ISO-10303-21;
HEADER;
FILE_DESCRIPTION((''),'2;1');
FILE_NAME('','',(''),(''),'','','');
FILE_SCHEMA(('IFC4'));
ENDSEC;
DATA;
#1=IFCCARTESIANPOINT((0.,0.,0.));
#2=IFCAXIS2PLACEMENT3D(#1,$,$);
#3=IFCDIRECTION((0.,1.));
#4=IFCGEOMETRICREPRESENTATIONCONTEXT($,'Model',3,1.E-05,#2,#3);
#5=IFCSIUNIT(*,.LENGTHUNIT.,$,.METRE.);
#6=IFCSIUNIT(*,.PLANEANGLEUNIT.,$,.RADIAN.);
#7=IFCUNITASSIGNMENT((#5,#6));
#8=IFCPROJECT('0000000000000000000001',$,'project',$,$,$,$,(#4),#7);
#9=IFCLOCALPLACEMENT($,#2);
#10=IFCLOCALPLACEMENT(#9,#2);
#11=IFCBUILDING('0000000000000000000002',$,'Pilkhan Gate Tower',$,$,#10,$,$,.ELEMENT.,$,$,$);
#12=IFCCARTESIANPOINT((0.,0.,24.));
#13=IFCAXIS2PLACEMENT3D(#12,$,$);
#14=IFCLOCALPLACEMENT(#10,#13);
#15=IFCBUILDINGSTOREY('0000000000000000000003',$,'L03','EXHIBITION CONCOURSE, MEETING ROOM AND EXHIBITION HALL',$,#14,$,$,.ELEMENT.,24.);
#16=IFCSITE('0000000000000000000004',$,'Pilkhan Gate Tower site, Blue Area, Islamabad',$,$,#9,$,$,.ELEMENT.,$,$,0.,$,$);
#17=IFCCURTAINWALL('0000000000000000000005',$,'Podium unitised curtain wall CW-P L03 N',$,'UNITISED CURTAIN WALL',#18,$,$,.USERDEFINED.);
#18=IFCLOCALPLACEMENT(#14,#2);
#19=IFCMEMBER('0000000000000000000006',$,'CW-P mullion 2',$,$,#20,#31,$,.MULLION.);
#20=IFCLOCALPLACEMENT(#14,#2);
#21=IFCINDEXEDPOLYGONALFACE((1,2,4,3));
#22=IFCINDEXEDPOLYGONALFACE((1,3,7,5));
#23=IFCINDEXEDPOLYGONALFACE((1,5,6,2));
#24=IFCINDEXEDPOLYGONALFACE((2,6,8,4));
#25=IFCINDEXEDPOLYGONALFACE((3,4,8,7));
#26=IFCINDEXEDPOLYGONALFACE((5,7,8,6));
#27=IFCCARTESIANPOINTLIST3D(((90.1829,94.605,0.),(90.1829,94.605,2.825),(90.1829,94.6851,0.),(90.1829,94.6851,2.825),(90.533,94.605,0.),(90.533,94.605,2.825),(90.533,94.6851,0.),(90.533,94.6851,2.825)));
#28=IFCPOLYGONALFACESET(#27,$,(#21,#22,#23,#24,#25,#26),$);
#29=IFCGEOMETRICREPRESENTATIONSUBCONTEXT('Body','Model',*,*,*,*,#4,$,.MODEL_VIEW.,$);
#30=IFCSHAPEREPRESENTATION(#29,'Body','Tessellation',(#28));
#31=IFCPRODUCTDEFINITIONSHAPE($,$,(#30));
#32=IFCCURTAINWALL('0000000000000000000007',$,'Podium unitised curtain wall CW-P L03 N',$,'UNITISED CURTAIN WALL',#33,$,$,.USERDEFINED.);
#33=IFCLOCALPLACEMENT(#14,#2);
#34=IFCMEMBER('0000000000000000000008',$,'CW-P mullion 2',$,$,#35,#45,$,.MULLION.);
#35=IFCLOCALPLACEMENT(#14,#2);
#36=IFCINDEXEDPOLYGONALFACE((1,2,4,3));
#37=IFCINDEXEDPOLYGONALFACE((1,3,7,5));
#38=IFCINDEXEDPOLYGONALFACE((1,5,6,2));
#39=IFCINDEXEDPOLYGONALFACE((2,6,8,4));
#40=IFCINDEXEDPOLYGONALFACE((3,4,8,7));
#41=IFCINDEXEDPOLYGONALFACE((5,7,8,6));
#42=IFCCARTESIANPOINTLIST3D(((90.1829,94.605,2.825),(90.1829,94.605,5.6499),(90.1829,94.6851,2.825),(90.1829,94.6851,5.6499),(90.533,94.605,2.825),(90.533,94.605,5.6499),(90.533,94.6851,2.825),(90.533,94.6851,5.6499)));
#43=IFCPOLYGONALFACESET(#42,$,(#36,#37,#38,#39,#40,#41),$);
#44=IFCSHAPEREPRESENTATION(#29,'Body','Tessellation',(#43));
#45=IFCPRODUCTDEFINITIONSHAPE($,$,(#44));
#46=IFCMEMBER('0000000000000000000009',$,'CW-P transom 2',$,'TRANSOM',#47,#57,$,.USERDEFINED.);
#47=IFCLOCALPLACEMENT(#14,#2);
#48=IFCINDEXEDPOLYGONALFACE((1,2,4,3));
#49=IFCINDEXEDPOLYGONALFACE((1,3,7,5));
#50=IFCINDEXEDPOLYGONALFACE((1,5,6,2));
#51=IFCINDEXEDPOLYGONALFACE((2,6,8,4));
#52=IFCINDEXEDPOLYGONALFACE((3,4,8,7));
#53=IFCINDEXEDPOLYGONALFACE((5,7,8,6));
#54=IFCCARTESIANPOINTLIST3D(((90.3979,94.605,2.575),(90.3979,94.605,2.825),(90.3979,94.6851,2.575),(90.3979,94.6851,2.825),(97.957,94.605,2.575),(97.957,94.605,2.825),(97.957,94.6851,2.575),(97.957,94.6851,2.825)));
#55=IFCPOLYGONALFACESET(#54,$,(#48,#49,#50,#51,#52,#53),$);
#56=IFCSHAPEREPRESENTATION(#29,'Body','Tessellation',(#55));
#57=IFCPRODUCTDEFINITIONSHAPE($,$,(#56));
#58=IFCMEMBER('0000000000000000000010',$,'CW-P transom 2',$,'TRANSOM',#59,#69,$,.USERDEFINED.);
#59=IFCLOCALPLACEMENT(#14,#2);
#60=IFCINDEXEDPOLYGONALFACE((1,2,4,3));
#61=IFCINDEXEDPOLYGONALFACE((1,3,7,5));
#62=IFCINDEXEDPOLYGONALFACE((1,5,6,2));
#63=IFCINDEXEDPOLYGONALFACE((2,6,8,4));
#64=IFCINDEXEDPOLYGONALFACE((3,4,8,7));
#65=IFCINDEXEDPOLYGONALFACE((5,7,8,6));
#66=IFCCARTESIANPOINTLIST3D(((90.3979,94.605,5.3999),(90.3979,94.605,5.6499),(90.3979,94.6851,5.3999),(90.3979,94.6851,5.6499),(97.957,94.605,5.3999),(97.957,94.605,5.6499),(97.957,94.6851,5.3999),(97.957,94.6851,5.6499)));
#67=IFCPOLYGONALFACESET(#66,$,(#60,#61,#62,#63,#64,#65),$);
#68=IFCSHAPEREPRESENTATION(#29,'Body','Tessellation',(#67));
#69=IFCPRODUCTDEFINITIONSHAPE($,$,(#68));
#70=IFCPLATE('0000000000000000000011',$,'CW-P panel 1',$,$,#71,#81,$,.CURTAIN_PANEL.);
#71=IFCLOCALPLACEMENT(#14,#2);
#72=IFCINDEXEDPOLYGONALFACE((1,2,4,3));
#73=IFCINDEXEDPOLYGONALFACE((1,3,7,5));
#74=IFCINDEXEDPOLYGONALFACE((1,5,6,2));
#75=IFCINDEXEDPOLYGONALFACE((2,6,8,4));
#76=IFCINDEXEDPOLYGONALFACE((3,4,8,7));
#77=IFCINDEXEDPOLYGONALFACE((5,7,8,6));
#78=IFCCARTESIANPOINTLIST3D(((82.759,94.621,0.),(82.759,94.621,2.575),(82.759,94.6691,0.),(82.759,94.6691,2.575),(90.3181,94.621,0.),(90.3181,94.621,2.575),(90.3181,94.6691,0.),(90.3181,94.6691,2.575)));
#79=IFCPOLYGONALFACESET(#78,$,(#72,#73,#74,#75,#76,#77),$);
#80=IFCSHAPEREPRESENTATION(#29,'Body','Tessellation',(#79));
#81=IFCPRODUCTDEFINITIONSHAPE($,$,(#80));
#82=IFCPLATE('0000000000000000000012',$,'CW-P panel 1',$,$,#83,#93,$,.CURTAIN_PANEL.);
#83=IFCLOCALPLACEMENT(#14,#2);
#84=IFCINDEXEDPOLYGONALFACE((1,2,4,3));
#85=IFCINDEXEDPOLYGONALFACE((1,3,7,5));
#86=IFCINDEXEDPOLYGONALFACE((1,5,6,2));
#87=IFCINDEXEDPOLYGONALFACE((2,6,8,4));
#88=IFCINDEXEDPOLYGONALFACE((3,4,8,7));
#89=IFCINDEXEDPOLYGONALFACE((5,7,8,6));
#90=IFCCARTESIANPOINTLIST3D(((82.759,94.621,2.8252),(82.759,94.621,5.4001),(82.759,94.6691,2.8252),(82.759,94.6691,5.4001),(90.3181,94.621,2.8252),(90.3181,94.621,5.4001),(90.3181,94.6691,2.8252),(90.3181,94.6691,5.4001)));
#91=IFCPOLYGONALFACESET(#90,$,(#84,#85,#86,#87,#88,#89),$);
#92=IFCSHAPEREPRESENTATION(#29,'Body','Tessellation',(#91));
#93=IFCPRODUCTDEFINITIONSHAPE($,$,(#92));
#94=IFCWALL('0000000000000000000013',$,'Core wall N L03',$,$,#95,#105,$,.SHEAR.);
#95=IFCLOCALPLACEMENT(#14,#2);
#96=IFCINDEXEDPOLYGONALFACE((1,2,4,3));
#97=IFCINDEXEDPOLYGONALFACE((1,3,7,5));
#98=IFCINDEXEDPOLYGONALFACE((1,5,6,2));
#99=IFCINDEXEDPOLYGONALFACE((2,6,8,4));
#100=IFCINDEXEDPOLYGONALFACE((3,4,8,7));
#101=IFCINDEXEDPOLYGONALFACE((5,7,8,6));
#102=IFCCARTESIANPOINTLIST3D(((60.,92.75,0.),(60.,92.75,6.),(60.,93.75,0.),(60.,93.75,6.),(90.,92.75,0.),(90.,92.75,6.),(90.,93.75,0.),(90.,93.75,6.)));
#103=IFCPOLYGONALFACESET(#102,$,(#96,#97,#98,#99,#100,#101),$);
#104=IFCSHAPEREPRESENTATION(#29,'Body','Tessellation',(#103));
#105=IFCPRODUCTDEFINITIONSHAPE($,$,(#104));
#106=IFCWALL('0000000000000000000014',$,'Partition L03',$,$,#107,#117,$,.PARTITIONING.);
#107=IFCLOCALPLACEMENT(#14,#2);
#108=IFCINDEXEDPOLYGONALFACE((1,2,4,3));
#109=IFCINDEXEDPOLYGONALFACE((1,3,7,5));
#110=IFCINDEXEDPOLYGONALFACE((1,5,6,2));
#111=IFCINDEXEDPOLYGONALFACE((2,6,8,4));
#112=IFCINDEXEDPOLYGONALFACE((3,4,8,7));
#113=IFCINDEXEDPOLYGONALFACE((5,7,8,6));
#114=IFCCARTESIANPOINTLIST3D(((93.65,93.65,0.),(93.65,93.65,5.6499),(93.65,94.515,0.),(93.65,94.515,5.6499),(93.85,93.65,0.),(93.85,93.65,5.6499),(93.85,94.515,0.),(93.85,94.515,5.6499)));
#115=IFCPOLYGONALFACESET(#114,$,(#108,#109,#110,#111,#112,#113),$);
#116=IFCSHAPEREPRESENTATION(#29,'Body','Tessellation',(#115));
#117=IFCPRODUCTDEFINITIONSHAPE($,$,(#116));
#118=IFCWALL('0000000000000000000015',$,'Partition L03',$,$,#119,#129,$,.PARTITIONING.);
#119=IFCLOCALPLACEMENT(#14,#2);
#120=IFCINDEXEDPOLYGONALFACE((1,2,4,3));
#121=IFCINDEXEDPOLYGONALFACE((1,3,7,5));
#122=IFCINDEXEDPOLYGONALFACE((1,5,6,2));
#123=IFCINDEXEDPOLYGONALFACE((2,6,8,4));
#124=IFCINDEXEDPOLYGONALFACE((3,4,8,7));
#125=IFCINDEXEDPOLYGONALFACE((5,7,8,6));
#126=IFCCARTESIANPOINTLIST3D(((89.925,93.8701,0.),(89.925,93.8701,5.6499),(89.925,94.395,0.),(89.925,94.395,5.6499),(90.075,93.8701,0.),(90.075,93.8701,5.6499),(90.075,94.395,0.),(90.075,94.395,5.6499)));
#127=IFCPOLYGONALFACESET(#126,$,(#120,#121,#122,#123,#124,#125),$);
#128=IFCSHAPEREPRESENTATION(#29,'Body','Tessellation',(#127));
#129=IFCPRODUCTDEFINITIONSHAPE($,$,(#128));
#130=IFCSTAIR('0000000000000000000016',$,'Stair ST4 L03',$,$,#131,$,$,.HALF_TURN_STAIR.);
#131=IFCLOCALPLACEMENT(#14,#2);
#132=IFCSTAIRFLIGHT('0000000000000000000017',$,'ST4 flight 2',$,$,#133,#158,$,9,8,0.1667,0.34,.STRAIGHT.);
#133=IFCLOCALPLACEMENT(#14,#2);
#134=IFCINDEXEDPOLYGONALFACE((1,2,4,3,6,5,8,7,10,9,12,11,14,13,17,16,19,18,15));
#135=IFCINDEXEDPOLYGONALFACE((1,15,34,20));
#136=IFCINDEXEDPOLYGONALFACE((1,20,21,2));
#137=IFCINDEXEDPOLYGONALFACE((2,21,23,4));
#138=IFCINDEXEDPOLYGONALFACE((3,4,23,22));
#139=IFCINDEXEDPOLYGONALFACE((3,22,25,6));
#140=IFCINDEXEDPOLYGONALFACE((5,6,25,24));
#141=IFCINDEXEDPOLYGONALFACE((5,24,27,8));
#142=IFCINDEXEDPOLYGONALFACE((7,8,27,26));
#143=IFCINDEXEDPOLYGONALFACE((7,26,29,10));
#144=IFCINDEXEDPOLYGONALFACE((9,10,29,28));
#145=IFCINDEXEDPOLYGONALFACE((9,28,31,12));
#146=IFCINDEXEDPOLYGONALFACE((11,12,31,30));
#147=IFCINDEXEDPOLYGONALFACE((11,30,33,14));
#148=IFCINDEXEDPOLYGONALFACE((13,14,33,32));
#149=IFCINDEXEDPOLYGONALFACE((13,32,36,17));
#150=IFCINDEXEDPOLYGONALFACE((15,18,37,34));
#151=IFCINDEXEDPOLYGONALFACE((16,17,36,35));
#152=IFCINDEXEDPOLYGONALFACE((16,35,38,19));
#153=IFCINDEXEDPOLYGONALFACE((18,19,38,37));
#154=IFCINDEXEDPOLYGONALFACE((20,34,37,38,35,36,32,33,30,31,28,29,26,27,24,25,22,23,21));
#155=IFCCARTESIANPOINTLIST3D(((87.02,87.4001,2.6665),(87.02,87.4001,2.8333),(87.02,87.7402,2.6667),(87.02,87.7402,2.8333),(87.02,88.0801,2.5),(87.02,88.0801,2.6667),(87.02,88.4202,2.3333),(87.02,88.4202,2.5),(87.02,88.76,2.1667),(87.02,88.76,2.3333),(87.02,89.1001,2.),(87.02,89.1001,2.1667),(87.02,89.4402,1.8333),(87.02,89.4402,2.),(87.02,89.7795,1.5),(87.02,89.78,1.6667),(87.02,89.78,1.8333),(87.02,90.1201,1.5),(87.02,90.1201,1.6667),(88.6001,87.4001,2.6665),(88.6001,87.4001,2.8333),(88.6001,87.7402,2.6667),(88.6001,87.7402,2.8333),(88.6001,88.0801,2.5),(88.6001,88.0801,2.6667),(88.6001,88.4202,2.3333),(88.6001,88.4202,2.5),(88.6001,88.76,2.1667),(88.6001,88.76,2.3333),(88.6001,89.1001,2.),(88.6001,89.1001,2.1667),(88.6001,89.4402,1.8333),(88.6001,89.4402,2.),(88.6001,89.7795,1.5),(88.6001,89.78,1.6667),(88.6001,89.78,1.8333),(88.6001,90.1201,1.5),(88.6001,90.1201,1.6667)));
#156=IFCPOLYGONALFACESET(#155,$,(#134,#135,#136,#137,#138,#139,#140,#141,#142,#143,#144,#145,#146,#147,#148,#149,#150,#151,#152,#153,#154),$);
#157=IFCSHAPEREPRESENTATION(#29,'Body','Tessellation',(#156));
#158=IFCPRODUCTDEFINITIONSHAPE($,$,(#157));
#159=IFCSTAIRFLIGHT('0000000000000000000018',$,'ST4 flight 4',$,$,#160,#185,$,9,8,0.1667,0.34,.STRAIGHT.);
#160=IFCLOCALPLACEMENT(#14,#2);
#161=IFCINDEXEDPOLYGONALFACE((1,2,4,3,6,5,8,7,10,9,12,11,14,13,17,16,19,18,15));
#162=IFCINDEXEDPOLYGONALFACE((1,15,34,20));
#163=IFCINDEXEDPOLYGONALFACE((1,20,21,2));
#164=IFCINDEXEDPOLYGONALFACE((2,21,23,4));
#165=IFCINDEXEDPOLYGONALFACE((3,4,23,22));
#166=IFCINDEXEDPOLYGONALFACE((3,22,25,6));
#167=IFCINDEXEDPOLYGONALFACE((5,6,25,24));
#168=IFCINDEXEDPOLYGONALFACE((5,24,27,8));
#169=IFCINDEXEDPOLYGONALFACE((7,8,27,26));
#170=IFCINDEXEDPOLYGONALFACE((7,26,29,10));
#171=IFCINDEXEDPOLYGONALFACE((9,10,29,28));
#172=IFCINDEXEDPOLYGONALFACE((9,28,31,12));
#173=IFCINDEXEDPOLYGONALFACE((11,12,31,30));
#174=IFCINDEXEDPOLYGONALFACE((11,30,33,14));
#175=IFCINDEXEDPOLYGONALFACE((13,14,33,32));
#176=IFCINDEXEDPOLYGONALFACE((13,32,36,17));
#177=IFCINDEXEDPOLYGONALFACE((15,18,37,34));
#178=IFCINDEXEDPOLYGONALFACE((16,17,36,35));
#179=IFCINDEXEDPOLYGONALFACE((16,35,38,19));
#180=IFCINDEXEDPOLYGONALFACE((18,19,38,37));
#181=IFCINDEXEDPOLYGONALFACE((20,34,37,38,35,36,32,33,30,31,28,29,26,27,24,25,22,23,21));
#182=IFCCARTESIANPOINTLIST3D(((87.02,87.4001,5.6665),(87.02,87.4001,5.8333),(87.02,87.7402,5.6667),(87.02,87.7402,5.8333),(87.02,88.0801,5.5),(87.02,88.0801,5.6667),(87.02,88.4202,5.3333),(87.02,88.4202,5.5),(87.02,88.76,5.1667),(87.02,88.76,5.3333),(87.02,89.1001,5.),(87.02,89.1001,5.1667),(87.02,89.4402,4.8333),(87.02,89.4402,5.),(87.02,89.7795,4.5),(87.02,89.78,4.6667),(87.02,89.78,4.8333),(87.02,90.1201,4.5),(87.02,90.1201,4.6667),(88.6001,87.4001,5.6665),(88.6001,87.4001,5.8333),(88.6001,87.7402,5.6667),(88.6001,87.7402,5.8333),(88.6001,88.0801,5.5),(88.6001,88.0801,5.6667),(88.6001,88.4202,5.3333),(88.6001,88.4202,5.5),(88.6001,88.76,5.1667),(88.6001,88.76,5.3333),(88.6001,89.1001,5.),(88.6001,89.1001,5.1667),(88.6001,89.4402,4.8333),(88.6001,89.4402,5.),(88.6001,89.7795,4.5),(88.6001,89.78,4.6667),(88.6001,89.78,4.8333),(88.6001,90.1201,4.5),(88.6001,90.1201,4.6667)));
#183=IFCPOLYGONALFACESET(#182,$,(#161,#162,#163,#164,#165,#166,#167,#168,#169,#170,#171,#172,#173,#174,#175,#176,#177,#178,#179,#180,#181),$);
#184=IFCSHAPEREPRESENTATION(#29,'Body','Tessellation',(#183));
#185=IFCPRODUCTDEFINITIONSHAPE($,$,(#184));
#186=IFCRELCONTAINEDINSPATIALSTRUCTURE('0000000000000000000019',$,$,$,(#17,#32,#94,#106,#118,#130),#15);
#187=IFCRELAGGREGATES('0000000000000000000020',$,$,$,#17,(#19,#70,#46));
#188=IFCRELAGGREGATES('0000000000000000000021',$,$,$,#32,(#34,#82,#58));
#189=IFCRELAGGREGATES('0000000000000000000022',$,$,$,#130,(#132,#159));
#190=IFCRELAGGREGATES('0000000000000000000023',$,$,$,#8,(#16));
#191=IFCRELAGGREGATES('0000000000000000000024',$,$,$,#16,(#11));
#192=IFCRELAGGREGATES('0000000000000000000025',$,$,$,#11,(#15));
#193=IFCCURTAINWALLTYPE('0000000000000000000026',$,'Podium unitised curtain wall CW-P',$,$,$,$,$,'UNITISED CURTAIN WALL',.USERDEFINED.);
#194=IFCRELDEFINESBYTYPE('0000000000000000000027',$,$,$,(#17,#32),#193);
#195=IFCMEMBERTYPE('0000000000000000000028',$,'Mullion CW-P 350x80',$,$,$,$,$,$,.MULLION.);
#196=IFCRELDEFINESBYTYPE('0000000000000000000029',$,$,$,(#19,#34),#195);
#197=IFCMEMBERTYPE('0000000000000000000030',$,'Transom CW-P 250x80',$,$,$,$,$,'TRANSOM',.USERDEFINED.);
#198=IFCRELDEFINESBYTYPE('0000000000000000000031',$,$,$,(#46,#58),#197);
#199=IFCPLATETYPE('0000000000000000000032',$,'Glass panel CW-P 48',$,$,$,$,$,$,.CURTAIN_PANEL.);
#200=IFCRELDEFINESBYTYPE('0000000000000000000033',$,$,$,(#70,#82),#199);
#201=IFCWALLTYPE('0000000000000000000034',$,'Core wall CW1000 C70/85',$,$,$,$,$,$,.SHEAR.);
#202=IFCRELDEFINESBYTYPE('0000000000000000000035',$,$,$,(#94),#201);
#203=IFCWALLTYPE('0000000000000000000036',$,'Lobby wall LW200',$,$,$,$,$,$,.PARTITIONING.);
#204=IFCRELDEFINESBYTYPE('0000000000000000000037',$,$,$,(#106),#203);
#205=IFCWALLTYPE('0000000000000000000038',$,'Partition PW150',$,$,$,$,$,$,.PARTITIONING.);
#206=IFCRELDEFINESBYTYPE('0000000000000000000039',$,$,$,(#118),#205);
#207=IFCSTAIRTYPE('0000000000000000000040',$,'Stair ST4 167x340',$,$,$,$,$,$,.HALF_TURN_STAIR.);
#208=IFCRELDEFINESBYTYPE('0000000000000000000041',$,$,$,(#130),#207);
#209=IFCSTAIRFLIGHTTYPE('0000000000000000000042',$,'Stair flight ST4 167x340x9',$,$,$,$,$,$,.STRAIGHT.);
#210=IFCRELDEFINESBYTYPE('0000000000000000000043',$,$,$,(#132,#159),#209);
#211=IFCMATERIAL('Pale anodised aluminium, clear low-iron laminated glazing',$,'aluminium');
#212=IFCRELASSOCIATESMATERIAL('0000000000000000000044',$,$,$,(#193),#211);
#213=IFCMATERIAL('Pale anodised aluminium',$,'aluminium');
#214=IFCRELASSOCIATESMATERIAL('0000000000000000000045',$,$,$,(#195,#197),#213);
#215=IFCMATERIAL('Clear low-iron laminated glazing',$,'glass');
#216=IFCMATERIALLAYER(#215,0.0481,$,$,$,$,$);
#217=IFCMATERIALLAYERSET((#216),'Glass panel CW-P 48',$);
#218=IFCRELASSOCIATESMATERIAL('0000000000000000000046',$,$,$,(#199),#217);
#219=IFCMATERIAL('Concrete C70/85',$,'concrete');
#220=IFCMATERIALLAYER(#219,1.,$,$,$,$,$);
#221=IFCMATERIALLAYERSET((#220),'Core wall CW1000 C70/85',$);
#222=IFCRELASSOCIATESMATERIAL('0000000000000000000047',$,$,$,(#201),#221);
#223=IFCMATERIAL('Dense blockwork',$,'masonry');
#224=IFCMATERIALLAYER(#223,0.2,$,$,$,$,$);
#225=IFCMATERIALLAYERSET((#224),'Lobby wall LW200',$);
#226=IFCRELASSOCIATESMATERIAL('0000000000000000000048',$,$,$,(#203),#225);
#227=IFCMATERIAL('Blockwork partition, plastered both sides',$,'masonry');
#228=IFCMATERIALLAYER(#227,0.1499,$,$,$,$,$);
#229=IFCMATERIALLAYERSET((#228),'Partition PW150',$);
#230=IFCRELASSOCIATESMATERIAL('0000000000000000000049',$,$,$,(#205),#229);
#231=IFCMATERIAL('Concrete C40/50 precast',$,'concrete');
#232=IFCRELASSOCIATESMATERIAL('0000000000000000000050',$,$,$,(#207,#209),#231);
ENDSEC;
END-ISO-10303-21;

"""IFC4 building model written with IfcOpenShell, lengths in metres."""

from ifc_helpers import new_model, si_unit, direction, frame, frame_2d, origin, origin_2d, place, context, subcontext, project, spatial, polyline, rectangle, outline, extrude, material, layer, layer_set, material_profile, profile_set, type_object, element, aggregate, save


model = new_model("IFC4")

# Units and contexts
model_context = context("Model", 3, precision=1e-05, world=origin(), true_north=direction((0.0, 1.0)))
body_context = subcontext(model_context, "Body", "Model", "MODEL_VIEW")
ifc_project = project(units=[si_unit("LENGTHUNIT", "METRE"), si_unit("PLANEANGLEUNIT", "RADIAN")], contexts=[model_context])

# Site, building, storey
site_placement = place(None, origin())
site = spatial("IfcSite", under=ifc_project, at=site_placement, Name="Pilkhan Gate Tower site, Blue Area, Islamabad", CompositionType="ELEMENT", RefElevation=0.0)
building_placement = place(site_placement, origin())
building = spatial("IfcBuilding", under=site, at=building_placement, Name="Pilkhan Gate Tower", CompositionType="ELEMENT")
storey_placement = place(building_placement, frame((0.0, 0.0, 24.0)))
storey = spatial("IfcBuildingStorey", under=building, at=storey_placement, Name="L03", Description="EXHIBITION CONCOURSE, MEETING ROOM AND EXHIBITION HALL", CompositionType="ELEMENT", Elevation=24.0)

# Curtain walls, members
ifc_material_1 = material(Name="Pale anodised aluminium, clear low-iron laminated glazing", Category="aluminium")
curtain_wall_type = type_object("IfcCurtainWallType", Name="Podium unitised curtain wall CW-P", ElementType="UNITISED CURTAIN WALL", PredefinedType="USERDEFINED", material=ifc_material_1)
curtain_wall_1_placement = place(storey_placement, origin())
curtain_wall_1 = element("IfcCurtainWall", 1, at=curtain_wall_1_placement, inside=storey, type_object=curtain_wall_type, Name="Podium unitised curtain wall CW-P L03 N", ObjectType="UNITISED CURTAIN WALL", PredefinedType="USERDEFINED")
ifc_material_2 = material(Name="Pale anodised aluminium", Category="aluminium")
ifc_material_profile_1 = material_profile(ifc_material_2, rectangle(XDim=0.0801, YDim=0.3501, at=origin_2d()), Name="Mullion 350x80")
ifc_profile_set_1 = profile_set([ifc_material_profile_1], Name="Pale anodised aluminium")
member_type_1 = type_object("IfcMemberType", Name="Mullion CW-P 350x80", PredefinedType="MULLION", material=ifc_profile_set_1)
member_1_placement = place(storey_placement, frame((90.3579, 94.645, 0.0), z_axis=(0.0, 0.0, 1.0), x_axis=(0.0, 1.0, 0.0)))
member_1 = element("IfcMember", 2, at=member_1_placement, type_object=member_type_1, Name="CW-P mullion 2", PredefinedType="MULLION", context=body_context, shape_type="SweptSolid", body=[
    extrude(rectangle(XDim=0.0801, YDim=0.3501, at=origin_2d()), origin(), (0.0, 0.0, 1.0), 2.825),
])
curtain_wall_2_placement = place(storey_placement, origin())
curtain_wall_2 = element("IfcCurtainWall", 3, at=curtain_wall_2_placement, inside=storey, type_object=curtain_wall_type, Name="Podium unitised curtain wall CW-P L03 N", ObjectType="UNITISED CURTAIN WALL", PredefinedType="USERDEFINED")
member_2_placement = place(storey_placement, frame((90.3579, 94.645, 2.825), z_axis=(0.0, 0.0, 1.0), x_axis=(0.0, 1.0, 0.0)))
member_2 = element("IfcMember", 4, at=member_2_placement, type_object=member_type_1, Name="CW-P mullion 2", PredefinedType="MULLION", context=body_context, shape_type="SweptSolid", body=[
    extrude(rectangle(XDim=0.0801, YDim=0.3501, at=origin_2d()), origin(), (0.0, 0.0, 1.0), 2.825),
])

# Members
ifc_material_profile_2 = material_profile(ifc_material_2, rectangle(XDim=0.0801, YDim=0.25, at=origin_2d()), Name="Transom 250x80")
ifc_profile_set_2 = profile_set([ifc_material_profile_2], Name="Pale anodised aluminium")
member_type_2 = type_object("IfcMemberType", Name="Transom CW-P 250x80", ElementType="TRANSOM", PredefinedType="USERDEFINED", material=ifc_profile_set_2)
member_3_placement = place(storey_placement, frame((90.3979, 94.645, 2.7), z_axis=(1.0, 0.0, 0.0), x_axis=(0.0, 1.0, 0.0)))
member_3 = element("IfcMember", 5, at=member_3_placement, type_object=member_type_2, Name="CW-P transom 2", ObjectType="TRANSOM", PredefinedType="USERDEFINED", context=body_context, shape_type="SweptSolid", body=[
    extrude(rectangle(XDim=0.0801, YDim=0.25, at=origin_2d()), origin(), (0.0, 0.0, 1.0), 7.5591),
])
member_4_placement = place(storey_placement, frame((90.3979, 94.645, 5.5249), z_axis=(1.0, 0.0, 0.0), x_axis=(0.0, 1.0, 0.0)))
member_4 = element("IfcMember", 6, at=member_4_placement, type_object=member_type_2, Name="CW-P transom 2", ObjectType="TRANSOM", PredefinedType="USERDEFINED", context=body_context, shape_type="SweptSolid", body=[
    extrude(rectangle(XDim=0.0801, YDim=0.25, at=origin_2d()), origin(), (0.0, 0.0, 1.0), 7.5591),
])

# Plates
ifc_material_3 = material(Name="Clear low-iron laminated glazing", Category="glass")
ifc_layer_1 = layer(ifc_material_3, 0.0481)
ifc_layer_set_1 = layer_set([ifc_layer_1], Name="Glass panel CW-P 48")
plate_type = type_object("IfcPlateType", Name="Glass panel CW-P 48", PredefinedType="CURTAIN_PANEL", material=ifc_layer_set_1)
plate_1_placement = place(storey_placement, frame((86.5386, 94.645, 0.0), z_axis=(0.0, 0.0, 1.0), x_axis=(1.0, 0.0, 0.0)))
plate_1 = element("IfcPlate", 7, at=plate_1_placement, type_object=plate_type, Name="CW-P panel 1", PredefinedType="CURTAIN_PANEL", context=body_context, shape_type="SweptSolid", body=[
    extrude(rectangle(XDim=7.5591, YDim=0.0481, at=origin_2d()), origin(), (0.0, 0.0, 1.0), 2.575),
])
aggregate(curtain_wall_1, [member_1, plate_1, member_3])
plate_2_placement = place(storey_placement, frame((86.5386, 94.645, 2.8252), z_axis=(0.0, 0.0, 1.0), x_axis=(1.0, 0.0, 0.0)))
plate_2 = element("IfcPlate", 8, at=plate_2_placement, type_object=plate_type, Name="CW-P panel 1", PredefinedType="CURTAIN_PANEL", context=body_context, shape_type="SweptSolid", body=[
    extrude(rectangle(XDim=7.5591, YDim=0.0481, at=origin_2d()), origin(), (0.0, 0.0, 1.0), 2.575),
])
aggregate(curtain_wall_2, [member_2, plate_2, member_4])

# Walls
ifc_material_4 = material(Name="Concrete C70/85", Category="concrete")
ifc_layer_2 = layer(ifc_material_4, 1.0)
ifc_layer_set_2 = layer_set([ifc_layer_2], Name="Core wall CW1000 C70/85")
wall_type_1 = type_object("IfcWallType", Name="Core wall CW1000 C70/85", PredefinedType="SHEAR", material=ifc_layer_set_2)
wall_1_placement = place(storey_placement, frame((90.0, 93.25, 0.0), z_axis=(0.0, 0.0, 1.0), x_axis=(-1.0, 0.0, 0.0)))
element("IfcWall", 9, at=wall_1_placement, inside=storey, type_object=wall_type_1, Name="Core wall N L03", PredefinedType="SHEAR", context=body_context, shape_type="SweptSolid", body=[
    extrude(rectangle(XDim=30.0, YDim=1.0, at=frame_2d((15.0, 0.0))), origin(), (0.0, 0.0, 1.0), 6.0),
])
ifc_material_5 = material(Name="Dense blockwork", Category="masonry")
ifc_layer_3 = layer(ifc_material_5, 0.2)
ifc_layer_set_3 = layer_set([ifc_layer_3], Name="Lobby wall LW200")
wall_type_2 = type_object("IfcWallType", Name="Lobby wall LW200", PredefinedType="PARTITIONING", material=ifc_layer_set_3)
wall_2_placement = place(storey_placement, frame((93.75, 93.6499, 0.0), z_axis=(0.0, 0.0, 1.0), x_axis=(0.0, 1.0, 0.0)))
element("IfcWall", 10, at=wall_2_placement, inside=storey, type_object=wall_type_2, Name="Partition L03", PredefinedType="PARTITIONING", context=body_context, shape_type="SweptSolid", body=[
    extrude(rectangle(XDim=0.865, YDim=0.2, at=frame_2d((0.4326, 0.0))), origin(), (0.0, 0.0, 1.0), 5.6499),
])
ifc_material_6 = material(Name="Blockwork partition, plastered both sides", Category="masonry")
ifc_layer_4 = layer(ifc_material_6, 0.1499)
ifc_layer_set_4 = layer_set([ifc_layer_4], Name="Partition PW150")
wall_type_3 = type_object("IfcWallType", Name="Partition PW150", PredefinedType="PARTITIONING", material=ifc_layer_set_4)
wall_3_placement = place(storey_placement, frame((90.0, 93.8701, 0.0), z_axis=(0.0, 0.0, 1.0), x_axis=(0.0, 1.0, 0.0)))
element("IfcWall", 11, at=wall_3_placement, inside=storey, type_object=wall_type_3, Name="Partition L03", PredefinedType="PARTITIONING", context=body_context, shape_type="SweptSolid", body=[
    extrude(rectangle(XDim=0.5249, YDim=0.1499, at=frame_2d((0.2625, 0.0))), origin(), (0.0, 0.0, 1.0), 5.6499),
])

# Stair, stair flights
ifc_material_7 = material(Name="Concrete C40/50 precast", Category="concrete")
stair_type = type_object("IfcStairType", Name="Stair ST4 167x340", PredefinedType="HALF_TURN_STAIR", material=ifc_material_7)
stair_placement = place(storey_placement, origin())
stair = element("IfcStair", 12, at=stair_placement, inside=storey, type_object=stair_type, Name="Stair ST4 L03", PredefinedType="HALF_TURN_STAIR")
stair_flight_type = type_object("IfcStairFlightType", Name="Stair flight ST4 167x340x9", PredefinedType="STRAIGHT", material=ifc_material_7)
stair_flight_1_placement = place(storey_placement, frame((87.8101, 90.1201, 1.5), z_axis=(0.0, 0.0, 1.0), x_axis=(0.0, -1.0, 0.0)))
stair_flight_1 = element("IfcStairFlight", 13, at=stair_flight_1_placement, type_object=stair_flight_type, Name="ST4 flight 2", NumberOfRisers=9, NumberOfTreads=8, PredefinedType="STRAIGHT", RiserHeight=0.1667, TreadLength=0.34, context=body_context, shape_type="SweptSolid", body=[
    extrude(outline(polyline([(0.0, 0.0), (0.0, 0.1667), (0.3401, 0.1667), (0.3401, 0.3333), (0.6799, 0.3333), (0.6799, 0.5), (1.02, 0.5), (1.02, 0.6667), (1.3601, 0.6667), (1.3601, 0.8333), (1.7, 0.8333), (1.7, 1.0), (2.04, 1.0), (2.04, 1.1667), (2.3799, 1.1667), (2.3799, 1.3333), (2.72, 1.3333), (2.72, 1.5), (2.72, 1.1665), (0.3406, 0.0), (0.0, 0.0)])), frame((0.0, 0.79, 0.0), z_axis=(0.0, -1.0, 0.0), x_axis=(1.0, 0.0, 0.0)), (0.0, 0.0, 1.0), 1.5801),
])
stair_flight_2_placement = place(storey_placement, frame((87.8101, 90.1201, 4.5), z_axis=(0.0, 0.0, 1.0), x_axis=(0.0, -1.0, 0.0)))
stair_flight_2 = element("IfcStairFlight", 14, at=stair_flight_2_placement, type_object=stair_flight_type, Name="ST4 flight 4", NumberOfRisers=9, NumberOfTreads=8, PredefinedType="STRAIGHT", RiserHeight=0.1667, TreadLength=0.34, context=body_context, shape_type="SweptSolid", body=[
    extrude(outline(polyline([(0.0, 0.0), (0.0, 0.1667), (0.3401, 0.1667), (0.3401, 0.3333), (0.6799, 0.3333), (0.6799, 0.5), (1.02, 0.5), (1.02, 0.6667), (1.3601, 0.6667), (1.3601, 0.8333), (1.7, 0.8333), (1.7, 1.0), (2.04, 1.0), (2.04, 1.1667), (2.3799, 1.1667), (2.3799, 1.3333), (2.72, 1.3333), (2.72, 1.5), (2.72, 1.1665), (0.3406, 0.0), (0.0, 0.0)])), frame((0.0, 0.79, 0.0), z_axis=(0.0, -1.0, 0.0), x_axis=(1.0, 0.0, 0.0)), (0.0, 0.0, 1.0), 1.5801),
])
aggregate(stair, [stair_flight_1, stair_flight_2])

save(model, "model.ifc")
